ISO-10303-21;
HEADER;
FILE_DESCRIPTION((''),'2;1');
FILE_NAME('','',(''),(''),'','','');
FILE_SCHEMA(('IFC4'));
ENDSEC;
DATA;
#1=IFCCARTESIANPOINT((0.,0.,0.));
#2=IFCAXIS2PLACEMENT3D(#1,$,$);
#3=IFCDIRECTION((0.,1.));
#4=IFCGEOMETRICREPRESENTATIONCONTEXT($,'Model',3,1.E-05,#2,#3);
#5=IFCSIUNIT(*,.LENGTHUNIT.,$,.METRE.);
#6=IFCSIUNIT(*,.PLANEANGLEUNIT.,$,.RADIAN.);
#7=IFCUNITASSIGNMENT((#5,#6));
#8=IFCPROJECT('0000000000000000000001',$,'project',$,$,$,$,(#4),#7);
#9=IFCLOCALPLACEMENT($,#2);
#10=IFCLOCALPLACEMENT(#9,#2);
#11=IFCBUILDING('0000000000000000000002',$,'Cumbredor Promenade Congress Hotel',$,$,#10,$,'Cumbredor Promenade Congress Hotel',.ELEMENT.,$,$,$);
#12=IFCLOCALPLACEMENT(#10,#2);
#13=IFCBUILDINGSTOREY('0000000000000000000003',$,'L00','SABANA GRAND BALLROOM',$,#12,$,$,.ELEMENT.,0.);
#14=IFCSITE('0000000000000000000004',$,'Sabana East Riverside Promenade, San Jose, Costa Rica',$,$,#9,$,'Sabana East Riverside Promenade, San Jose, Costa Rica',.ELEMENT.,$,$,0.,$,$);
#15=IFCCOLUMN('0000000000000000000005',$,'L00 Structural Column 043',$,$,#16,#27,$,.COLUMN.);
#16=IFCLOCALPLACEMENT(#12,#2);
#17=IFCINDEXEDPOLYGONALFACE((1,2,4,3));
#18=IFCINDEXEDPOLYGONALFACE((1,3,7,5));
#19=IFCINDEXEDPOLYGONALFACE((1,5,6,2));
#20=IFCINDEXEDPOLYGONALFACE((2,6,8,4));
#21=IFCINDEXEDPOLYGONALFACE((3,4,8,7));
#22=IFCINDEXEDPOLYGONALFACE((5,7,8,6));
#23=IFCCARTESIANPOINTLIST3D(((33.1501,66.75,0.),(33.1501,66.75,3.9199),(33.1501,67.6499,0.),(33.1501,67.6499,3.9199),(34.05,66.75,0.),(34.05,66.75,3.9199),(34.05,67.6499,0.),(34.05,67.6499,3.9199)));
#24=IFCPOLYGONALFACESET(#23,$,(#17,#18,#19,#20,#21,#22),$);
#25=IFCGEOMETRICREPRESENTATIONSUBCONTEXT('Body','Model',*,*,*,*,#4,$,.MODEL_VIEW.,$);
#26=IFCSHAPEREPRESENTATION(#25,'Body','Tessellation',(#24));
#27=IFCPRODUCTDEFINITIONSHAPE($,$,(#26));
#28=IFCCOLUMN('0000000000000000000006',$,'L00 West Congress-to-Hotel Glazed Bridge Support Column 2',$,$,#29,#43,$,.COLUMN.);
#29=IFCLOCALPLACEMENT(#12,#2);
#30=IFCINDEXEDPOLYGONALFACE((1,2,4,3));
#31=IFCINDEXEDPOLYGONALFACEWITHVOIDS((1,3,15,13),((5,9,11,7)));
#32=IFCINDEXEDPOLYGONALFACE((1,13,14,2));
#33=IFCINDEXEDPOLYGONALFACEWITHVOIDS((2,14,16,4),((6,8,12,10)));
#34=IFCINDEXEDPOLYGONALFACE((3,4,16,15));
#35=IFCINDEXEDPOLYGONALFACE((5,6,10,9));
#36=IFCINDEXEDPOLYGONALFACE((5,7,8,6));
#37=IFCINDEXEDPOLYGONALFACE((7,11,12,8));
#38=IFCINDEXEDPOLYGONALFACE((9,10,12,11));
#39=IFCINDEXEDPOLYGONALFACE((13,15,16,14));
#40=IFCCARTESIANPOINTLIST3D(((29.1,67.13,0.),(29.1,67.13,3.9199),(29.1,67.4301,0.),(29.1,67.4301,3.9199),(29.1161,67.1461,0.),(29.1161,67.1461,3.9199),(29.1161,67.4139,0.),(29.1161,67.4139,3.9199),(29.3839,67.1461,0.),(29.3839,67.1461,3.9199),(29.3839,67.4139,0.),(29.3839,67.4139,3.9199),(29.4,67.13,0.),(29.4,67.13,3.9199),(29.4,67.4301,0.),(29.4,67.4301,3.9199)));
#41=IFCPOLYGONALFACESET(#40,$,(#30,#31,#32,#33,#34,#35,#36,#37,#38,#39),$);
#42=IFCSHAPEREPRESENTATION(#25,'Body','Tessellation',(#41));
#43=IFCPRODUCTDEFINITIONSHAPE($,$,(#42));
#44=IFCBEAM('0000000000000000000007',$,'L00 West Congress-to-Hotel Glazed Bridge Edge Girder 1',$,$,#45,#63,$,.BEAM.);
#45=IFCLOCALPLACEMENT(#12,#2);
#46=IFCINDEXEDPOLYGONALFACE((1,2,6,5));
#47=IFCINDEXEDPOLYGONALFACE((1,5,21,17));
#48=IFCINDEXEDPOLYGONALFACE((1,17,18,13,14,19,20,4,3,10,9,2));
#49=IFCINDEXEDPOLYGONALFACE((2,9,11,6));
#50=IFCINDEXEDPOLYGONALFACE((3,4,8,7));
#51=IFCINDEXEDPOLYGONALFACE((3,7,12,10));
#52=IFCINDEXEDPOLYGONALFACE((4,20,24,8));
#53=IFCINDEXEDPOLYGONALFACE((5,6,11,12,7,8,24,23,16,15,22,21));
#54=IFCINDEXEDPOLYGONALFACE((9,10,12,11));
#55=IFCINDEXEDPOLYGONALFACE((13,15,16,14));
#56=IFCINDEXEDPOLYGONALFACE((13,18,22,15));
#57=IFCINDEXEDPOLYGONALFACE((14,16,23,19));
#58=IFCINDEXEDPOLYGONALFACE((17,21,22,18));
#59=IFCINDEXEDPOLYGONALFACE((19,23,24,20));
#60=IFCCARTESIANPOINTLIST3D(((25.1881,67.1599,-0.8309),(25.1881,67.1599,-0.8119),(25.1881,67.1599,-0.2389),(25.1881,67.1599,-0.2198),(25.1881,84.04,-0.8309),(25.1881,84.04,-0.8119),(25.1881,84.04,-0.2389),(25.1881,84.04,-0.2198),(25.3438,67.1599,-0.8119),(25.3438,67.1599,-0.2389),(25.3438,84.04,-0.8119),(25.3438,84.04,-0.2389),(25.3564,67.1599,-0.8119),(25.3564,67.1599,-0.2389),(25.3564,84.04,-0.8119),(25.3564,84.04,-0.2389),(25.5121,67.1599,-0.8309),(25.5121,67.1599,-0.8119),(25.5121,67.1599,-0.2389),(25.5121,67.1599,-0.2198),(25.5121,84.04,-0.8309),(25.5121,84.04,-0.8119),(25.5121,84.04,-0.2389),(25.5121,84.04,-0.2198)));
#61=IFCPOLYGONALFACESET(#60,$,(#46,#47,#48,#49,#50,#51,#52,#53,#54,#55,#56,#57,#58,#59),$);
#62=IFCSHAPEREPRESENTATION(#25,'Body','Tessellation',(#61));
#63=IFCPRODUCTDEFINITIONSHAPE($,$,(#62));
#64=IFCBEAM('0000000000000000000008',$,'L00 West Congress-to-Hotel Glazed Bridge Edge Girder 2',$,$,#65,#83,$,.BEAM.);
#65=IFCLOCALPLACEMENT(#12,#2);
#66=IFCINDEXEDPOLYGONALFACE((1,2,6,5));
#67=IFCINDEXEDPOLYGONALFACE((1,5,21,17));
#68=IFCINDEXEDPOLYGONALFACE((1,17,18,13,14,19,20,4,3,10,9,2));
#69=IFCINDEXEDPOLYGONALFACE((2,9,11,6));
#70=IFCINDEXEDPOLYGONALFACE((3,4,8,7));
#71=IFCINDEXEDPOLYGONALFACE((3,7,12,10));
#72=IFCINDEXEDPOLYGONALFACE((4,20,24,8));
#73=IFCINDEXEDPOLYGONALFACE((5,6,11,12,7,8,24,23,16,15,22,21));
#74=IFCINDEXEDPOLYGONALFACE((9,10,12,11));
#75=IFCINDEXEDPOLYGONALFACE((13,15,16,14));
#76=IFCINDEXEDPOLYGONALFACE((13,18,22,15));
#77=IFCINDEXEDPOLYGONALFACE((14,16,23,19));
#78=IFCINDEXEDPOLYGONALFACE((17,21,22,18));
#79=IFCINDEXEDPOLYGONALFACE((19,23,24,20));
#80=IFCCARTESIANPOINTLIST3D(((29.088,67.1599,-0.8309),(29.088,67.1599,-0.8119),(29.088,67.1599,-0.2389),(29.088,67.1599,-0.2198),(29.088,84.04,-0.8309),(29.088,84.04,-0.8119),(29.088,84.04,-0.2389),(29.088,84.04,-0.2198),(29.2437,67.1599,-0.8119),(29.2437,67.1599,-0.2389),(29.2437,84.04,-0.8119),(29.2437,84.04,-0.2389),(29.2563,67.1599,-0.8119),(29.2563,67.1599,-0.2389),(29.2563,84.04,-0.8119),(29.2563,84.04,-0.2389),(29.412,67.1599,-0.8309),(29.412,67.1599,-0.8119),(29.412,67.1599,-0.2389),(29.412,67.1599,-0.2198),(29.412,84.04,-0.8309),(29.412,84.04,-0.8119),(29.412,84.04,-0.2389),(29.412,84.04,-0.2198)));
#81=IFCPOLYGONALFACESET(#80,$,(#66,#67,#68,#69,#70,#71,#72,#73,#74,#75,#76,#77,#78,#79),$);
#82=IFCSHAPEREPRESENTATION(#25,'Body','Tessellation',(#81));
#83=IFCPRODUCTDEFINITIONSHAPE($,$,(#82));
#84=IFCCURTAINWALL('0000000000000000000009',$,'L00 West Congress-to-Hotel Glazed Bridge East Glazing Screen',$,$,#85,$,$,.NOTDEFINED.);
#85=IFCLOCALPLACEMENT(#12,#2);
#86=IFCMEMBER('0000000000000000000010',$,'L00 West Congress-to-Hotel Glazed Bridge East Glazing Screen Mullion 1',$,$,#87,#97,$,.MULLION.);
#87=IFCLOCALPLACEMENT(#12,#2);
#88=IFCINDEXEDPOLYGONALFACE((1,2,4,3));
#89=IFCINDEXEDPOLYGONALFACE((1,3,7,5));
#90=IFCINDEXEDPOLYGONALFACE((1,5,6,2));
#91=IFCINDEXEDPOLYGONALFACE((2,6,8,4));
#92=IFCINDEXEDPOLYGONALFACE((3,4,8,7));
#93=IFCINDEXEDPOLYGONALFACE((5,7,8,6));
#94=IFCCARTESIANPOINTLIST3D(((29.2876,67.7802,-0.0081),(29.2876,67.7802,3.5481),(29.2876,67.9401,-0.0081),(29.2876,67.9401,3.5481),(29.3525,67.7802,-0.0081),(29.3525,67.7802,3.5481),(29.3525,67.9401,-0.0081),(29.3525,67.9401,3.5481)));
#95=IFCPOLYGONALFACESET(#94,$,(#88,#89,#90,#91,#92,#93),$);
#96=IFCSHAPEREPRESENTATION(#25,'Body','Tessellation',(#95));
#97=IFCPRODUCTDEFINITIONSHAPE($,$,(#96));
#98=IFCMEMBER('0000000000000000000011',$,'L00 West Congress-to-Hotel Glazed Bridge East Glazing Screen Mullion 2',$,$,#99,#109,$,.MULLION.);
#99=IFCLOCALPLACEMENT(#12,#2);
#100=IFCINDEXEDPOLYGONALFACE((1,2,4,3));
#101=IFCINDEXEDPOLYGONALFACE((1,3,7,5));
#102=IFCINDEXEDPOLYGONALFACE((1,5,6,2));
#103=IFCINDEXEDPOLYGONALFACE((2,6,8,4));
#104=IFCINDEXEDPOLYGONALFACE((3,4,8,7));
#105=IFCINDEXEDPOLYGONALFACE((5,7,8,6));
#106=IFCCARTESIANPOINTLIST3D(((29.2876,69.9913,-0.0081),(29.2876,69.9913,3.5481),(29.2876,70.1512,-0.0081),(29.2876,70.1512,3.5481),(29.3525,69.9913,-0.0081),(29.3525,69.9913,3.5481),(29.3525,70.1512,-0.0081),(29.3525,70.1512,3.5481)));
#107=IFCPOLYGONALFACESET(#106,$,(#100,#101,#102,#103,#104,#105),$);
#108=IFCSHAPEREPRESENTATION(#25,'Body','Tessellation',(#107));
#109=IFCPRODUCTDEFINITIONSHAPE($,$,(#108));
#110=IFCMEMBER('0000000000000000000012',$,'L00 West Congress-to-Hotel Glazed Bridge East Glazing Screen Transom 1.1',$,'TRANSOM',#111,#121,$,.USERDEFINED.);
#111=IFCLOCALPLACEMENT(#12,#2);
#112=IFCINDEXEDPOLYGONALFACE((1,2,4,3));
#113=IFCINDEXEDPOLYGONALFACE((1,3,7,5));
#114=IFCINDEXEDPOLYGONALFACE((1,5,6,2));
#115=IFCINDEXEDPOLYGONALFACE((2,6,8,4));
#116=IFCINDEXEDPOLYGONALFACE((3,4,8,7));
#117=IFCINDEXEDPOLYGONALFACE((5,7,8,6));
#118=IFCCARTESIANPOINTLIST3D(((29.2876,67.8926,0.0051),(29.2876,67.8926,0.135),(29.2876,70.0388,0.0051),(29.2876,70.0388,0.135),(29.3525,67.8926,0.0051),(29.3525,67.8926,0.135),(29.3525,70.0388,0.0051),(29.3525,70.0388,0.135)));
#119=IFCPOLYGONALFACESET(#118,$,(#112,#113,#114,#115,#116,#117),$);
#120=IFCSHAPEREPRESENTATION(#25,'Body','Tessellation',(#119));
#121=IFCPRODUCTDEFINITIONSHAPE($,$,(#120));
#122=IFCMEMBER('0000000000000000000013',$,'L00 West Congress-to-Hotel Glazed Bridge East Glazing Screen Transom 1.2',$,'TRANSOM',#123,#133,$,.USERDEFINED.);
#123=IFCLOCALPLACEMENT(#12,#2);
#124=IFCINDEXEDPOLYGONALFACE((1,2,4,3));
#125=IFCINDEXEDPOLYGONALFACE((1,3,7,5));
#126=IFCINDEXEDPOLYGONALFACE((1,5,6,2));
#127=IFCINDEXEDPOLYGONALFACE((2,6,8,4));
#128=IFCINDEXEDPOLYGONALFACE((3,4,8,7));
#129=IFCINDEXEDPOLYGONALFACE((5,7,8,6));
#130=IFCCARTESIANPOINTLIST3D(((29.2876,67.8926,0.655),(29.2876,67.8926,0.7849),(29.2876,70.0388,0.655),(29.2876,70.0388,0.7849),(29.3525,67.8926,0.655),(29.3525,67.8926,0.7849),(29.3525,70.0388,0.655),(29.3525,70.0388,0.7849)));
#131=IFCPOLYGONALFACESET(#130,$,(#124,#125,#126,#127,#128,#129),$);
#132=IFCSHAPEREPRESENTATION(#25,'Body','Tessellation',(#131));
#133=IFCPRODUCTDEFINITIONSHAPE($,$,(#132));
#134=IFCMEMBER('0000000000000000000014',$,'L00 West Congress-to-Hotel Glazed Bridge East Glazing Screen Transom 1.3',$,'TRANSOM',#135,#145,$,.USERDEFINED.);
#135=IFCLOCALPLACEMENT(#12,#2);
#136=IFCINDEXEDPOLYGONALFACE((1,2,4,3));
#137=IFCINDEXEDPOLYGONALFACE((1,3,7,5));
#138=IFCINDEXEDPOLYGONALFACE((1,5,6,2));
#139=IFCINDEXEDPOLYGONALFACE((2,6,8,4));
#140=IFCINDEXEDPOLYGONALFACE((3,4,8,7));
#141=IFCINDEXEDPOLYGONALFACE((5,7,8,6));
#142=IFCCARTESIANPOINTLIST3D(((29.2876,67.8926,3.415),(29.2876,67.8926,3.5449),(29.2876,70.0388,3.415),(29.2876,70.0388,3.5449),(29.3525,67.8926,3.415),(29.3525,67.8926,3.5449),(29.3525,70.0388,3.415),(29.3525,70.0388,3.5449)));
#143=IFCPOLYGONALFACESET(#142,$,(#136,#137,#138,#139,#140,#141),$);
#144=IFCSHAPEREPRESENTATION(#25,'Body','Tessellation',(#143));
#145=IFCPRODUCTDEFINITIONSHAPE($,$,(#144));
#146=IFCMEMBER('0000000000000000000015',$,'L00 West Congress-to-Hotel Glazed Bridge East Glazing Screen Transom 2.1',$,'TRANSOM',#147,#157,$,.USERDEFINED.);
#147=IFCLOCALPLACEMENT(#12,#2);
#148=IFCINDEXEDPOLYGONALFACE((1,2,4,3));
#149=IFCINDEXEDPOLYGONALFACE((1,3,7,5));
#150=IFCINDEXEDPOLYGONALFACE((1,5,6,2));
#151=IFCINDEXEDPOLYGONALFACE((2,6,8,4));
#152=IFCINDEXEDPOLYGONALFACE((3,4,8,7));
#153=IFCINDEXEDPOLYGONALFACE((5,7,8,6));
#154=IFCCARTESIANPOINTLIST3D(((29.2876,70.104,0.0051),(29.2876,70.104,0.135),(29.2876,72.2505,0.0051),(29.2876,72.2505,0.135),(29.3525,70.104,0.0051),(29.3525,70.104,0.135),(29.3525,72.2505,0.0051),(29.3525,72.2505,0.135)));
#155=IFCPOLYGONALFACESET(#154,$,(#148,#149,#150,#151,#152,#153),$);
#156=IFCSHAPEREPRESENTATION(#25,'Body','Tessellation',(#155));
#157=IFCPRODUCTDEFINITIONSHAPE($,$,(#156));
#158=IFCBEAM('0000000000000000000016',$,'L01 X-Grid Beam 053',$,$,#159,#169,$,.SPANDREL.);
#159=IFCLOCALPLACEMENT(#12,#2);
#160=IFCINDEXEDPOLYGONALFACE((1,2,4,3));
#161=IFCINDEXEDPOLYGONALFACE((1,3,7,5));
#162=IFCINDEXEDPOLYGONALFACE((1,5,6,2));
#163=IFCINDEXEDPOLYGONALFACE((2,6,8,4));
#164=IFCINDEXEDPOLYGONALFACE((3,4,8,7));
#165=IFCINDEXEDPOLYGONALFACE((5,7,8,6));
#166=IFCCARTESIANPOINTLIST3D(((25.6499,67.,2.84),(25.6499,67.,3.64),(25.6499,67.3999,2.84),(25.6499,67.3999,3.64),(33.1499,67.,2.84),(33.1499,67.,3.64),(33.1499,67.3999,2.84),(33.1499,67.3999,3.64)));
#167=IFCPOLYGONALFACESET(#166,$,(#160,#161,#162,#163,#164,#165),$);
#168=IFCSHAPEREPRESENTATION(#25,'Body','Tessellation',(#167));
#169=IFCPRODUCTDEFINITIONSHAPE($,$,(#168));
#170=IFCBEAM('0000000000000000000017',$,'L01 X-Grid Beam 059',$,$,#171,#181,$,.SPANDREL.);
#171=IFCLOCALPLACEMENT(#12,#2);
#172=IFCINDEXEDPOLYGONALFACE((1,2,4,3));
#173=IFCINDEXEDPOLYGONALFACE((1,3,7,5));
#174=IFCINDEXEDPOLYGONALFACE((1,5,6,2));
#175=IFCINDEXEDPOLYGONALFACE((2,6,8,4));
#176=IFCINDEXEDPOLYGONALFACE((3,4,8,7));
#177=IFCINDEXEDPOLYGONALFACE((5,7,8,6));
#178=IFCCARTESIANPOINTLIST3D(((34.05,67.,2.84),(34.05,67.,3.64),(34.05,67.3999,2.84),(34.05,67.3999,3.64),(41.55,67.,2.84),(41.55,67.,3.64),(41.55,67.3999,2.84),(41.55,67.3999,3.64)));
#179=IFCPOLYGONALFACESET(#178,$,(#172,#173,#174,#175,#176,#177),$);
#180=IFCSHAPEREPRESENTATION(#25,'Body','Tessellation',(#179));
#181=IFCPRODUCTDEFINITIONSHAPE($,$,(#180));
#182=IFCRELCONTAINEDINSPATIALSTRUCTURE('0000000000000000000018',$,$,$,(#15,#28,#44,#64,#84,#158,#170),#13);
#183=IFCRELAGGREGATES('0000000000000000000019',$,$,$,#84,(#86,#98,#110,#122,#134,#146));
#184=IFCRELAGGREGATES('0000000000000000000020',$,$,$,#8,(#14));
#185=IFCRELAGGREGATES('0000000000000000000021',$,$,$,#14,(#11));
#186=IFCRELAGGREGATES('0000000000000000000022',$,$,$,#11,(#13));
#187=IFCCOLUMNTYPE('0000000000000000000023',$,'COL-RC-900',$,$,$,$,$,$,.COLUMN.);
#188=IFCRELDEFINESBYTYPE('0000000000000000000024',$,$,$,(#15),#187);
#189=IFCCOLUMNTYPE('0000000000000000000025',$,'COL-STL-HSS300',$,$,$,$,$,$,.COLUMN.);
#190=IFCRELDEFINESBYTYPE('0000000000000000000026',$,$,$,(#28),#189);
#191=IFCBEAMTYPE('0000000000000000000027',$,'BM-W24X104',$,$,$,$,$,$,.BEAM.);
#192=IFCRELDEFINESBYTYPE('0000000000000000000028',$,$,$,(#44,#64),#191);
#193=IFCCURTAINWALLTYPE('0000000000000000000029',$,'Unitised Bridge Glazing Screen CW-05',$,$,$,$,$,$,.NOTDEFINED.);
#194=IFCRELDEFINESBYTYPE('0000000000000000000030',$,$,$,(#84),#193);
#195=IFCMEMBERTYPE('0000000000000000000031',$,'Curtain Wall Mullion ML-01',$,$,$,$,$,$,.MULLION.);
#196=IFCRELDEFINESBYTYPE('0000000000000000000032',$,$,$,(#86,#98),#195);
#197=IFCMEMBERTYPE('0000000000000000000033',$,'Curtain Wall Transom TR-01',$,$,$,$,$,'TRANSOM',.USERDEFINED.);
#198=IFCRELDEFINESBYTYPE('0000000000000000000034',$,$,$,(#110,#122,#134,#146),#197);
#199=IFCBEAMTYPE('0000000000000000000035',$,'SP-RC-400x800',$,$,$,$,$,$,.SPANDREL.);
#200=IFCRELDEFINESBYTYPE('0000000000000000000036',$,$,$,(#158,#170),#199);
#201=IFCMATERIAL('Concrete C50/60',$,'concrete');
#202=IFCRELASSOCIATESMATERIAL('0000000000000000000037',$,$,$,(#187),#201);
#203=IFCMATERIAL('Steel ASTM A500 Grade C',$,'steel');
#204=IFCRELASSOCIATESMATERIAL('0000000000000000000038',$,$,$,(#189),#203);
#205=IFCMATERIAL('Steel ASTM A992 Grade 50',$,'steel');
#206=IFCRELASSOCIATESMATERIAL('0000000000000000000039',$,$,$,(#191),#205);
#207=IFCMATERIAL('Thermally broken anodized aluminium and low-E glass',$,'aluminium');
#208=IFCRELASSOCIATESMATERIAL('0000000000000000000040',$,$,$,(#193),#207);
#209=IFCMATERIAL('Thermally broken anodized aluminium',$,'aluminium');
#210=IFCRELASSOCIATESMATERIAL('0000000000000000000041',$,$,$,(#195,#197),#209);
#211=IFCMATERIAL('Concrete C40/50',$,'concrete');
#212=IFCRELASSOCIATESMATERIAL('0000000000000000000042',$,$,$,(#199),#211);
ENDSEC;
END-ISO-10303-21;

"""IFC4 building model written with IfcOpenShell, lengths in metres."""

from ifc_helpers import new_model, si_unit, direction, frame, origin, origin_2d, place, context, subcontext, project, spatial, rectangle, hollow_rectangle, i_section, extrude, material, material_profile, profile_set, type_object, element, aggregate, save


model = new_model("IFC4")

# Units and contexts
model_context = context("Model", 3, precision=1e-05, world=origin(), true_north=direction((0.0, 1.0)))
body_context = subcontext(model_context, "Body", "Model", "MODEL_VIEW")
ifc_project = project(units=[si_unit("LENGTHUNIT", "METRE"), si_unit("PLANEANGLEUNIT", "RADIAN")], contexts=[model_context])

# Site, building, storey
site_placement = place(None, origin())
site = spatial("IfcSite", under=ifc_project, at=site_placement, Name="Sabana East Riverside Promenade, San Jose, Costa Rica", LongName="Sabana East Riverside Promenade, San Jose, Costa Rica", CompositionType="ELEMENT", RefElevation=0.0)
building_placement = place(site_placement, origin())
building = spatial("IfcBuilding", under=site, at=building_placement, Name="Cumbredor Promenade Congress Hotel", LongName="Cumbredor Promenade Congress Hotel", CompositionType="ELEMENT")
storey_placement = place(building_placement, origin())
storey = spatial("IfcBuildingStorey", under=building, at=storey_placement, Name="L00", Description="SABANA GRAND BALLROOM", CompositionType="ELEMENT", Elevation=0.0)

# Columns
ifc_material_1 = material(Name="Concrete C50/60", Category="concrete")
ifc_material_profile_1 = material_profile(ifc_material_1, rectangle(XDim=0.8999, YDim=0.8999, at=origin_2d()), Name="RC 900x900")
ifc_profile_set_1 = profile_set([ifc_material_profile_1], Name="Concrete C50/60")
column_type_1 = type_object("IfcColumnType", Name="COL-RC-900", PredefinedType="COLUMN", material=ifc_profile_set_1)
column_1_placement = place(storey_placement, frame((33.6001, 67.2, 0.0), z_axis=(0.0, 0.0, 1.0), x_axis=(1.0, 0.0, 0.0)))
element("IfcColumn", 1, at=column_1_placement, inside=storey, type_object=column_type_1, Name="L00 Structural Column 043", PredefinedType="COLUMN", context=body_context, shape_type="SweptSolid", body=[
    extrude(rectangle(XDim=0.8999, YDim=0.8999, at=origin_2d()), origin(), (0.0, 0.0, 1.0), 3.9199),
])
ifc_material_2 = material(Name="Steel ASTM A500 Grade C", Category="steel")
ifc_material_profile_2 = material_profile(ifc_material_2, hollow_rectangle(XDim=0.3, YDim=0.3, WallThickness=0.0161, at=origin_2d()), Name="HSS 300x300x16")
ifc_profile_set_2 = profile_set([ifc_material_profile_2], Name="Steel ASTM A500 Grade C")
column_type_2 = type_object("IfcColumnType", Name="COL-STL-HSS300", PredefinedType="COLUMN", material=ifc_profile_set_2)
column_2_placement = place(storey_placement, frame((29.25, 67.28, 0.0), z_axis=(0.0, 0.0, 1.0), x_axis=(1.0, 0.0, 0.0)))
element("IfcColumn", 2, at=column_2_placement, inside=storey, type_object=column_type_2, Name="L00 West Congress-to-Hotel Glazed Bridge Support Column 2", PredefinedType="COLUMN", context=body_context, shape_type="SweptSolid", body=[
    extrude(hollow_rectangle(XDim=0.3, YDim=0.3, WallThickness=0.0161, at=origin_2d()), origin(), (0.0, 0.0, 1.0), 3.9199),
])

# Beams
ifc_material_3 = material(Name="Steel ASTM A992 Grade 50", Category="steel")
ifc_material_profile_3 = material_profile(ifc_material_3, i_section(OverallWidth=0.324, OverallDepth=0.6111, WebThickness=0.0127, FlangeThickness=0.019, at=origin_2d()), Name="W24X104")
ifc_profile_set_3 = profile_set([ifc_material_profile_3], Name="Steel ASTM A992 Grade 50")
beam_type_1 = type_object("IfcBeamType", Name="BM-W24X104", PredefinedType="BEAM", material=ifc_profile_set_3)
for number, where, z_axis, x_axis, name in (
    (3, (25.3501, 67.1599, -0.5254), (0.0, 1.0, 0.0), (-1.0, 0.0, 0.0), "L00 West Congress-to-Hotel Glazed Bridge Edge Girder 1"),
    (4, (29.25, 67.1599, -0.5254), (0.0, 1.0, 0.0), (-1.0, 0.0, 0.0), "L00 West Congress-to-Hotel Glazed Bridge Edge Girder 2"),
):
    element("IfcBeam", number, at=place(storey_placement, frame(where, z_axis=z_axis, x_axis=x_axis)), inside=storey, type_object=beam_type_1, Name=name, PredefinedType="BEAM", context=body_context, shape_type="SweptSolid", body=[
        extrude(i_section(OverallWidth=0.324, OverallDepth=0.6111, WebThickness=0.0127, FlangeThickness=0.019, at=origin_2d()), origin(), (0.0, 0.0, 1.0), 16.8801),
    ])

# Curtain wall, members
ifc_material_4 = material(Name="Thermally broken anodized aluminium and low-E glass", Category="aluminium")
curtain_wall_type = type_object("IfcCurtainWallType", Name="Unitised Bridge Glazing Screen CW-05", PredefinedType="NOTDEFINED", material=ifc_material_4)
curtain_wall_placement = place(storey_placement, origin())
curtain_wall = element("IfcCurtainWall", 5, at=curtain_wall_placement, inside=storey, type_object=curtain_wall_type, Name="L00 West Congress-to-Hotel Glazed Bridge East Glazing Screen", PredefinedType="NOTDEFINED")
ifc_material_5 = material(Name="Thermally broken anodized aluminium", Category="aluminium")
ifc_material_profile_4 = material_profile(ifc_material_5, rectangle(XDim=0.0649, YDim=0.1599, at=origin_2d()), Name="ALU MULLION 65x160")
ifc_profile_set_4 = profile_set([ifc_material_profile_4], Name="Thermally broken anodized aluminium")
member_type_1 = type_object("IfcMemberType", Name="Curtain Wall Mullion ML-01", PredefinedType="MULLION", material=ifc_profile_set_4)
member_1_placement = place(storey_placement, frame((29.3201, 67.8601, -0.0081), z_axis=(0.0, 0.0, 1.0), x_axis=(1.0, 0.0, 0.0)))
member_1 = element("IfcMember", 6, at=member_1_placement, type_object=member_type_1, Name="L00 West Congress-to-Hotel Glazed Bridge East Glazing Screen Mullion 1", PredefinedType="MULLION", context=body_context, shape_type="SweptSolid", body=[
    extrude(rectangle(XDim=0.0649, YDim=0.1599, at=origin_2d()), origin(), (0.0, 0.0, 1.0), 3.5562),
])
member_2_placement = place(storey_placement, frame((29.3201, 70.0713, -0.0081), z_axis=(0.0, 0.0, 1.0), x_axis=(1.0, 0.0, 0.0)))
member_2 = element("IfcMember", 7, at=member_2_placement, type_object=member_type_1, Name="L00 West Congress-to-Hotel Glazed Bridge East Glazing Screen Mullion 2", PredefinedType="MULLION", context=body_context, shape_type="SweptSolid", body=[
    extrude(rectangle(XDim=0.0649, YDim=0.1599, at=origin_2d()), origin(), (0.0, 0.0, 1.0), 3.5562),
])
ifc_material_profile_5 = material_profile(ifc_material_5, rectangle(XDim=0.0649, YDim=0.1299, at=origin_2d()), Name="ALU TRANSOM 65x130")
ifc_profile_set_5 = profile_set([ifc_material_profile_5], Name="Thermally broken anodized aluminium")
member_type_2 = type_object("IfcMemberType", Name="Curtain Wall Transom TR-01", ElementType="TRANSOM", PredefinedType="USERDEFINED", material=ifc_profile_set_5)
member_3_placement = place(storey_placement, frame((29.3201, 67.8926, 0.0701), z_axis=(0.0, 1.0, 0.0), x_axis=(-1.0, 0.0, 0.0)))
member_3 = element("IfcMember", 8, at=member_3_placement, type_object=member_type_2, Name="L00 West Congress-to-Hotel Glazed Bridge East Glazing Screen Transom 1.1", ObjectType="TRANSOM", PredefinedType="USERDEFINED", context=body_context, shape_type="SweptSolid", body=[
    extrude(rectangle(XDim=0.0649, YDim=0.1299, at=origin_2d()), origin(), (0.0, 0.0, 1.0), 2.1462),
])
member_4_placement = place(storey_placement, frame((29.3201, 67.8926, 0.72), z_axis=(0.0, 1.0, 0.0), x_axis=(-1.0, 0.0, 0.0)))
member_4 = element("IfcMember", 9, at=member_4_placement, type_object=member_type_2, Name="L00 West Congress-to-Hotel Glazed Bridge East Glazing Screen Transom 1.2", ObjectType="TRANSOM", PredefinedType="USERDEFINED", context=body_context, shape_type="SweptSolid", body=[
    extrude(rectangle(XDim=0.0649, YDim=0.1299, at=origin_2d()), origin(), (0.0, 0.0, 1.0), 2.1462),
])
member_5_placement = place(storey_placement, frame((29.3201, 67.8926, 3.48), z_axis=(0.0, 1.0, 0.0), x_axis=(-1.0, 0.0, 0.0)))
member_5 = element("IfcMember", 10, at=member_5_placement, type_object=member_type_2, Name="L00 West Congress-to-Hotel Glazed Bridge East Glazing Screen Transom 1.3", ObjectType="TRANSOM", PredefinedType="USERDEFINED", context=body_context, shape_type="SweptSolid", body=[
    extrude(rectangle(XDim=0.0649, YDim=0.1299, at=origin_2d()), origin(), (0.0, 0.0, 1.0), 2.1462),
])
member_6_placement = place(storey_placement, frame((29.3201, 70.104, 0.0701), z_axis=(0.0, 1.0, 0.0), x_axis=(-1.0, 0.0, 0.0)))
member_6 = element("IfcMember", 11, at=member_6_placement, type_object=member_type_2, Name="L00 West Congress-to-Hotel Glazed Bridge East Glazing Screen Transom 2.1", ObjectType="TRANSOM", PredefinedType="USERDEFINED", context=body_context, shape_type="SweptSolid", body=[
    extrude(rectangle(XDim=0.0649, YDim=0.1299, at=origin_2d()), origin(), (0.0, 0.0, 1.0), 2.1465),
])

# Beams
ifc_material_6 = material(Name="Concrete C40/50", Category="concrete")
ifc_material_profile_6 = material_profile(ifc_material_6, rectangle(XDim=0.3999, YDim=0.8, at=origin_2d()), Name="RC SPANDREL 400x800")
ifc_profile_set_6 = profile_set([ifc_material_profile_6], Name="Concrete C40/50")
beam_type_2 = type_object("IfcBeamType", Name="SP-RC-400x800", PredefinedType="SPANDREL", material=ifc_profile_set_6)
for number, where, z_axis, x_axis, name in (
    (12, (25.6499, 67.2, 3.24), (1.0, 0.0, 0.0), (0.0, 1.0, 0.0), "L01 X-Grid Beam 053"),
    (13, (34.05, 67.2, 3.24), (1.0, 0.0, 0.0), (0.0, 1.0, 0.0), "L01 X-Grid Beam 059"),
):
    element("IfcBeam", number, at=place(storey_placement, frame(where, z_axis=z_axis, x_axis=x_axis)), inside=storey, type_object=beam_type_2, Name=name, PredefinedType="SPANDREL", context=body_context, shape_type="SweptSolid", body=[
        extrude(rectangle(XDim=0.3999, YDim=0.8, at=origin_2d()), origin(), (0.0, 0.0, 1.0), 7.5),
    ])

aggregate(curtain_wall, [member_1, member_2, member_3, member_4, member_5, member_6])

save(model, "model.ifc")
